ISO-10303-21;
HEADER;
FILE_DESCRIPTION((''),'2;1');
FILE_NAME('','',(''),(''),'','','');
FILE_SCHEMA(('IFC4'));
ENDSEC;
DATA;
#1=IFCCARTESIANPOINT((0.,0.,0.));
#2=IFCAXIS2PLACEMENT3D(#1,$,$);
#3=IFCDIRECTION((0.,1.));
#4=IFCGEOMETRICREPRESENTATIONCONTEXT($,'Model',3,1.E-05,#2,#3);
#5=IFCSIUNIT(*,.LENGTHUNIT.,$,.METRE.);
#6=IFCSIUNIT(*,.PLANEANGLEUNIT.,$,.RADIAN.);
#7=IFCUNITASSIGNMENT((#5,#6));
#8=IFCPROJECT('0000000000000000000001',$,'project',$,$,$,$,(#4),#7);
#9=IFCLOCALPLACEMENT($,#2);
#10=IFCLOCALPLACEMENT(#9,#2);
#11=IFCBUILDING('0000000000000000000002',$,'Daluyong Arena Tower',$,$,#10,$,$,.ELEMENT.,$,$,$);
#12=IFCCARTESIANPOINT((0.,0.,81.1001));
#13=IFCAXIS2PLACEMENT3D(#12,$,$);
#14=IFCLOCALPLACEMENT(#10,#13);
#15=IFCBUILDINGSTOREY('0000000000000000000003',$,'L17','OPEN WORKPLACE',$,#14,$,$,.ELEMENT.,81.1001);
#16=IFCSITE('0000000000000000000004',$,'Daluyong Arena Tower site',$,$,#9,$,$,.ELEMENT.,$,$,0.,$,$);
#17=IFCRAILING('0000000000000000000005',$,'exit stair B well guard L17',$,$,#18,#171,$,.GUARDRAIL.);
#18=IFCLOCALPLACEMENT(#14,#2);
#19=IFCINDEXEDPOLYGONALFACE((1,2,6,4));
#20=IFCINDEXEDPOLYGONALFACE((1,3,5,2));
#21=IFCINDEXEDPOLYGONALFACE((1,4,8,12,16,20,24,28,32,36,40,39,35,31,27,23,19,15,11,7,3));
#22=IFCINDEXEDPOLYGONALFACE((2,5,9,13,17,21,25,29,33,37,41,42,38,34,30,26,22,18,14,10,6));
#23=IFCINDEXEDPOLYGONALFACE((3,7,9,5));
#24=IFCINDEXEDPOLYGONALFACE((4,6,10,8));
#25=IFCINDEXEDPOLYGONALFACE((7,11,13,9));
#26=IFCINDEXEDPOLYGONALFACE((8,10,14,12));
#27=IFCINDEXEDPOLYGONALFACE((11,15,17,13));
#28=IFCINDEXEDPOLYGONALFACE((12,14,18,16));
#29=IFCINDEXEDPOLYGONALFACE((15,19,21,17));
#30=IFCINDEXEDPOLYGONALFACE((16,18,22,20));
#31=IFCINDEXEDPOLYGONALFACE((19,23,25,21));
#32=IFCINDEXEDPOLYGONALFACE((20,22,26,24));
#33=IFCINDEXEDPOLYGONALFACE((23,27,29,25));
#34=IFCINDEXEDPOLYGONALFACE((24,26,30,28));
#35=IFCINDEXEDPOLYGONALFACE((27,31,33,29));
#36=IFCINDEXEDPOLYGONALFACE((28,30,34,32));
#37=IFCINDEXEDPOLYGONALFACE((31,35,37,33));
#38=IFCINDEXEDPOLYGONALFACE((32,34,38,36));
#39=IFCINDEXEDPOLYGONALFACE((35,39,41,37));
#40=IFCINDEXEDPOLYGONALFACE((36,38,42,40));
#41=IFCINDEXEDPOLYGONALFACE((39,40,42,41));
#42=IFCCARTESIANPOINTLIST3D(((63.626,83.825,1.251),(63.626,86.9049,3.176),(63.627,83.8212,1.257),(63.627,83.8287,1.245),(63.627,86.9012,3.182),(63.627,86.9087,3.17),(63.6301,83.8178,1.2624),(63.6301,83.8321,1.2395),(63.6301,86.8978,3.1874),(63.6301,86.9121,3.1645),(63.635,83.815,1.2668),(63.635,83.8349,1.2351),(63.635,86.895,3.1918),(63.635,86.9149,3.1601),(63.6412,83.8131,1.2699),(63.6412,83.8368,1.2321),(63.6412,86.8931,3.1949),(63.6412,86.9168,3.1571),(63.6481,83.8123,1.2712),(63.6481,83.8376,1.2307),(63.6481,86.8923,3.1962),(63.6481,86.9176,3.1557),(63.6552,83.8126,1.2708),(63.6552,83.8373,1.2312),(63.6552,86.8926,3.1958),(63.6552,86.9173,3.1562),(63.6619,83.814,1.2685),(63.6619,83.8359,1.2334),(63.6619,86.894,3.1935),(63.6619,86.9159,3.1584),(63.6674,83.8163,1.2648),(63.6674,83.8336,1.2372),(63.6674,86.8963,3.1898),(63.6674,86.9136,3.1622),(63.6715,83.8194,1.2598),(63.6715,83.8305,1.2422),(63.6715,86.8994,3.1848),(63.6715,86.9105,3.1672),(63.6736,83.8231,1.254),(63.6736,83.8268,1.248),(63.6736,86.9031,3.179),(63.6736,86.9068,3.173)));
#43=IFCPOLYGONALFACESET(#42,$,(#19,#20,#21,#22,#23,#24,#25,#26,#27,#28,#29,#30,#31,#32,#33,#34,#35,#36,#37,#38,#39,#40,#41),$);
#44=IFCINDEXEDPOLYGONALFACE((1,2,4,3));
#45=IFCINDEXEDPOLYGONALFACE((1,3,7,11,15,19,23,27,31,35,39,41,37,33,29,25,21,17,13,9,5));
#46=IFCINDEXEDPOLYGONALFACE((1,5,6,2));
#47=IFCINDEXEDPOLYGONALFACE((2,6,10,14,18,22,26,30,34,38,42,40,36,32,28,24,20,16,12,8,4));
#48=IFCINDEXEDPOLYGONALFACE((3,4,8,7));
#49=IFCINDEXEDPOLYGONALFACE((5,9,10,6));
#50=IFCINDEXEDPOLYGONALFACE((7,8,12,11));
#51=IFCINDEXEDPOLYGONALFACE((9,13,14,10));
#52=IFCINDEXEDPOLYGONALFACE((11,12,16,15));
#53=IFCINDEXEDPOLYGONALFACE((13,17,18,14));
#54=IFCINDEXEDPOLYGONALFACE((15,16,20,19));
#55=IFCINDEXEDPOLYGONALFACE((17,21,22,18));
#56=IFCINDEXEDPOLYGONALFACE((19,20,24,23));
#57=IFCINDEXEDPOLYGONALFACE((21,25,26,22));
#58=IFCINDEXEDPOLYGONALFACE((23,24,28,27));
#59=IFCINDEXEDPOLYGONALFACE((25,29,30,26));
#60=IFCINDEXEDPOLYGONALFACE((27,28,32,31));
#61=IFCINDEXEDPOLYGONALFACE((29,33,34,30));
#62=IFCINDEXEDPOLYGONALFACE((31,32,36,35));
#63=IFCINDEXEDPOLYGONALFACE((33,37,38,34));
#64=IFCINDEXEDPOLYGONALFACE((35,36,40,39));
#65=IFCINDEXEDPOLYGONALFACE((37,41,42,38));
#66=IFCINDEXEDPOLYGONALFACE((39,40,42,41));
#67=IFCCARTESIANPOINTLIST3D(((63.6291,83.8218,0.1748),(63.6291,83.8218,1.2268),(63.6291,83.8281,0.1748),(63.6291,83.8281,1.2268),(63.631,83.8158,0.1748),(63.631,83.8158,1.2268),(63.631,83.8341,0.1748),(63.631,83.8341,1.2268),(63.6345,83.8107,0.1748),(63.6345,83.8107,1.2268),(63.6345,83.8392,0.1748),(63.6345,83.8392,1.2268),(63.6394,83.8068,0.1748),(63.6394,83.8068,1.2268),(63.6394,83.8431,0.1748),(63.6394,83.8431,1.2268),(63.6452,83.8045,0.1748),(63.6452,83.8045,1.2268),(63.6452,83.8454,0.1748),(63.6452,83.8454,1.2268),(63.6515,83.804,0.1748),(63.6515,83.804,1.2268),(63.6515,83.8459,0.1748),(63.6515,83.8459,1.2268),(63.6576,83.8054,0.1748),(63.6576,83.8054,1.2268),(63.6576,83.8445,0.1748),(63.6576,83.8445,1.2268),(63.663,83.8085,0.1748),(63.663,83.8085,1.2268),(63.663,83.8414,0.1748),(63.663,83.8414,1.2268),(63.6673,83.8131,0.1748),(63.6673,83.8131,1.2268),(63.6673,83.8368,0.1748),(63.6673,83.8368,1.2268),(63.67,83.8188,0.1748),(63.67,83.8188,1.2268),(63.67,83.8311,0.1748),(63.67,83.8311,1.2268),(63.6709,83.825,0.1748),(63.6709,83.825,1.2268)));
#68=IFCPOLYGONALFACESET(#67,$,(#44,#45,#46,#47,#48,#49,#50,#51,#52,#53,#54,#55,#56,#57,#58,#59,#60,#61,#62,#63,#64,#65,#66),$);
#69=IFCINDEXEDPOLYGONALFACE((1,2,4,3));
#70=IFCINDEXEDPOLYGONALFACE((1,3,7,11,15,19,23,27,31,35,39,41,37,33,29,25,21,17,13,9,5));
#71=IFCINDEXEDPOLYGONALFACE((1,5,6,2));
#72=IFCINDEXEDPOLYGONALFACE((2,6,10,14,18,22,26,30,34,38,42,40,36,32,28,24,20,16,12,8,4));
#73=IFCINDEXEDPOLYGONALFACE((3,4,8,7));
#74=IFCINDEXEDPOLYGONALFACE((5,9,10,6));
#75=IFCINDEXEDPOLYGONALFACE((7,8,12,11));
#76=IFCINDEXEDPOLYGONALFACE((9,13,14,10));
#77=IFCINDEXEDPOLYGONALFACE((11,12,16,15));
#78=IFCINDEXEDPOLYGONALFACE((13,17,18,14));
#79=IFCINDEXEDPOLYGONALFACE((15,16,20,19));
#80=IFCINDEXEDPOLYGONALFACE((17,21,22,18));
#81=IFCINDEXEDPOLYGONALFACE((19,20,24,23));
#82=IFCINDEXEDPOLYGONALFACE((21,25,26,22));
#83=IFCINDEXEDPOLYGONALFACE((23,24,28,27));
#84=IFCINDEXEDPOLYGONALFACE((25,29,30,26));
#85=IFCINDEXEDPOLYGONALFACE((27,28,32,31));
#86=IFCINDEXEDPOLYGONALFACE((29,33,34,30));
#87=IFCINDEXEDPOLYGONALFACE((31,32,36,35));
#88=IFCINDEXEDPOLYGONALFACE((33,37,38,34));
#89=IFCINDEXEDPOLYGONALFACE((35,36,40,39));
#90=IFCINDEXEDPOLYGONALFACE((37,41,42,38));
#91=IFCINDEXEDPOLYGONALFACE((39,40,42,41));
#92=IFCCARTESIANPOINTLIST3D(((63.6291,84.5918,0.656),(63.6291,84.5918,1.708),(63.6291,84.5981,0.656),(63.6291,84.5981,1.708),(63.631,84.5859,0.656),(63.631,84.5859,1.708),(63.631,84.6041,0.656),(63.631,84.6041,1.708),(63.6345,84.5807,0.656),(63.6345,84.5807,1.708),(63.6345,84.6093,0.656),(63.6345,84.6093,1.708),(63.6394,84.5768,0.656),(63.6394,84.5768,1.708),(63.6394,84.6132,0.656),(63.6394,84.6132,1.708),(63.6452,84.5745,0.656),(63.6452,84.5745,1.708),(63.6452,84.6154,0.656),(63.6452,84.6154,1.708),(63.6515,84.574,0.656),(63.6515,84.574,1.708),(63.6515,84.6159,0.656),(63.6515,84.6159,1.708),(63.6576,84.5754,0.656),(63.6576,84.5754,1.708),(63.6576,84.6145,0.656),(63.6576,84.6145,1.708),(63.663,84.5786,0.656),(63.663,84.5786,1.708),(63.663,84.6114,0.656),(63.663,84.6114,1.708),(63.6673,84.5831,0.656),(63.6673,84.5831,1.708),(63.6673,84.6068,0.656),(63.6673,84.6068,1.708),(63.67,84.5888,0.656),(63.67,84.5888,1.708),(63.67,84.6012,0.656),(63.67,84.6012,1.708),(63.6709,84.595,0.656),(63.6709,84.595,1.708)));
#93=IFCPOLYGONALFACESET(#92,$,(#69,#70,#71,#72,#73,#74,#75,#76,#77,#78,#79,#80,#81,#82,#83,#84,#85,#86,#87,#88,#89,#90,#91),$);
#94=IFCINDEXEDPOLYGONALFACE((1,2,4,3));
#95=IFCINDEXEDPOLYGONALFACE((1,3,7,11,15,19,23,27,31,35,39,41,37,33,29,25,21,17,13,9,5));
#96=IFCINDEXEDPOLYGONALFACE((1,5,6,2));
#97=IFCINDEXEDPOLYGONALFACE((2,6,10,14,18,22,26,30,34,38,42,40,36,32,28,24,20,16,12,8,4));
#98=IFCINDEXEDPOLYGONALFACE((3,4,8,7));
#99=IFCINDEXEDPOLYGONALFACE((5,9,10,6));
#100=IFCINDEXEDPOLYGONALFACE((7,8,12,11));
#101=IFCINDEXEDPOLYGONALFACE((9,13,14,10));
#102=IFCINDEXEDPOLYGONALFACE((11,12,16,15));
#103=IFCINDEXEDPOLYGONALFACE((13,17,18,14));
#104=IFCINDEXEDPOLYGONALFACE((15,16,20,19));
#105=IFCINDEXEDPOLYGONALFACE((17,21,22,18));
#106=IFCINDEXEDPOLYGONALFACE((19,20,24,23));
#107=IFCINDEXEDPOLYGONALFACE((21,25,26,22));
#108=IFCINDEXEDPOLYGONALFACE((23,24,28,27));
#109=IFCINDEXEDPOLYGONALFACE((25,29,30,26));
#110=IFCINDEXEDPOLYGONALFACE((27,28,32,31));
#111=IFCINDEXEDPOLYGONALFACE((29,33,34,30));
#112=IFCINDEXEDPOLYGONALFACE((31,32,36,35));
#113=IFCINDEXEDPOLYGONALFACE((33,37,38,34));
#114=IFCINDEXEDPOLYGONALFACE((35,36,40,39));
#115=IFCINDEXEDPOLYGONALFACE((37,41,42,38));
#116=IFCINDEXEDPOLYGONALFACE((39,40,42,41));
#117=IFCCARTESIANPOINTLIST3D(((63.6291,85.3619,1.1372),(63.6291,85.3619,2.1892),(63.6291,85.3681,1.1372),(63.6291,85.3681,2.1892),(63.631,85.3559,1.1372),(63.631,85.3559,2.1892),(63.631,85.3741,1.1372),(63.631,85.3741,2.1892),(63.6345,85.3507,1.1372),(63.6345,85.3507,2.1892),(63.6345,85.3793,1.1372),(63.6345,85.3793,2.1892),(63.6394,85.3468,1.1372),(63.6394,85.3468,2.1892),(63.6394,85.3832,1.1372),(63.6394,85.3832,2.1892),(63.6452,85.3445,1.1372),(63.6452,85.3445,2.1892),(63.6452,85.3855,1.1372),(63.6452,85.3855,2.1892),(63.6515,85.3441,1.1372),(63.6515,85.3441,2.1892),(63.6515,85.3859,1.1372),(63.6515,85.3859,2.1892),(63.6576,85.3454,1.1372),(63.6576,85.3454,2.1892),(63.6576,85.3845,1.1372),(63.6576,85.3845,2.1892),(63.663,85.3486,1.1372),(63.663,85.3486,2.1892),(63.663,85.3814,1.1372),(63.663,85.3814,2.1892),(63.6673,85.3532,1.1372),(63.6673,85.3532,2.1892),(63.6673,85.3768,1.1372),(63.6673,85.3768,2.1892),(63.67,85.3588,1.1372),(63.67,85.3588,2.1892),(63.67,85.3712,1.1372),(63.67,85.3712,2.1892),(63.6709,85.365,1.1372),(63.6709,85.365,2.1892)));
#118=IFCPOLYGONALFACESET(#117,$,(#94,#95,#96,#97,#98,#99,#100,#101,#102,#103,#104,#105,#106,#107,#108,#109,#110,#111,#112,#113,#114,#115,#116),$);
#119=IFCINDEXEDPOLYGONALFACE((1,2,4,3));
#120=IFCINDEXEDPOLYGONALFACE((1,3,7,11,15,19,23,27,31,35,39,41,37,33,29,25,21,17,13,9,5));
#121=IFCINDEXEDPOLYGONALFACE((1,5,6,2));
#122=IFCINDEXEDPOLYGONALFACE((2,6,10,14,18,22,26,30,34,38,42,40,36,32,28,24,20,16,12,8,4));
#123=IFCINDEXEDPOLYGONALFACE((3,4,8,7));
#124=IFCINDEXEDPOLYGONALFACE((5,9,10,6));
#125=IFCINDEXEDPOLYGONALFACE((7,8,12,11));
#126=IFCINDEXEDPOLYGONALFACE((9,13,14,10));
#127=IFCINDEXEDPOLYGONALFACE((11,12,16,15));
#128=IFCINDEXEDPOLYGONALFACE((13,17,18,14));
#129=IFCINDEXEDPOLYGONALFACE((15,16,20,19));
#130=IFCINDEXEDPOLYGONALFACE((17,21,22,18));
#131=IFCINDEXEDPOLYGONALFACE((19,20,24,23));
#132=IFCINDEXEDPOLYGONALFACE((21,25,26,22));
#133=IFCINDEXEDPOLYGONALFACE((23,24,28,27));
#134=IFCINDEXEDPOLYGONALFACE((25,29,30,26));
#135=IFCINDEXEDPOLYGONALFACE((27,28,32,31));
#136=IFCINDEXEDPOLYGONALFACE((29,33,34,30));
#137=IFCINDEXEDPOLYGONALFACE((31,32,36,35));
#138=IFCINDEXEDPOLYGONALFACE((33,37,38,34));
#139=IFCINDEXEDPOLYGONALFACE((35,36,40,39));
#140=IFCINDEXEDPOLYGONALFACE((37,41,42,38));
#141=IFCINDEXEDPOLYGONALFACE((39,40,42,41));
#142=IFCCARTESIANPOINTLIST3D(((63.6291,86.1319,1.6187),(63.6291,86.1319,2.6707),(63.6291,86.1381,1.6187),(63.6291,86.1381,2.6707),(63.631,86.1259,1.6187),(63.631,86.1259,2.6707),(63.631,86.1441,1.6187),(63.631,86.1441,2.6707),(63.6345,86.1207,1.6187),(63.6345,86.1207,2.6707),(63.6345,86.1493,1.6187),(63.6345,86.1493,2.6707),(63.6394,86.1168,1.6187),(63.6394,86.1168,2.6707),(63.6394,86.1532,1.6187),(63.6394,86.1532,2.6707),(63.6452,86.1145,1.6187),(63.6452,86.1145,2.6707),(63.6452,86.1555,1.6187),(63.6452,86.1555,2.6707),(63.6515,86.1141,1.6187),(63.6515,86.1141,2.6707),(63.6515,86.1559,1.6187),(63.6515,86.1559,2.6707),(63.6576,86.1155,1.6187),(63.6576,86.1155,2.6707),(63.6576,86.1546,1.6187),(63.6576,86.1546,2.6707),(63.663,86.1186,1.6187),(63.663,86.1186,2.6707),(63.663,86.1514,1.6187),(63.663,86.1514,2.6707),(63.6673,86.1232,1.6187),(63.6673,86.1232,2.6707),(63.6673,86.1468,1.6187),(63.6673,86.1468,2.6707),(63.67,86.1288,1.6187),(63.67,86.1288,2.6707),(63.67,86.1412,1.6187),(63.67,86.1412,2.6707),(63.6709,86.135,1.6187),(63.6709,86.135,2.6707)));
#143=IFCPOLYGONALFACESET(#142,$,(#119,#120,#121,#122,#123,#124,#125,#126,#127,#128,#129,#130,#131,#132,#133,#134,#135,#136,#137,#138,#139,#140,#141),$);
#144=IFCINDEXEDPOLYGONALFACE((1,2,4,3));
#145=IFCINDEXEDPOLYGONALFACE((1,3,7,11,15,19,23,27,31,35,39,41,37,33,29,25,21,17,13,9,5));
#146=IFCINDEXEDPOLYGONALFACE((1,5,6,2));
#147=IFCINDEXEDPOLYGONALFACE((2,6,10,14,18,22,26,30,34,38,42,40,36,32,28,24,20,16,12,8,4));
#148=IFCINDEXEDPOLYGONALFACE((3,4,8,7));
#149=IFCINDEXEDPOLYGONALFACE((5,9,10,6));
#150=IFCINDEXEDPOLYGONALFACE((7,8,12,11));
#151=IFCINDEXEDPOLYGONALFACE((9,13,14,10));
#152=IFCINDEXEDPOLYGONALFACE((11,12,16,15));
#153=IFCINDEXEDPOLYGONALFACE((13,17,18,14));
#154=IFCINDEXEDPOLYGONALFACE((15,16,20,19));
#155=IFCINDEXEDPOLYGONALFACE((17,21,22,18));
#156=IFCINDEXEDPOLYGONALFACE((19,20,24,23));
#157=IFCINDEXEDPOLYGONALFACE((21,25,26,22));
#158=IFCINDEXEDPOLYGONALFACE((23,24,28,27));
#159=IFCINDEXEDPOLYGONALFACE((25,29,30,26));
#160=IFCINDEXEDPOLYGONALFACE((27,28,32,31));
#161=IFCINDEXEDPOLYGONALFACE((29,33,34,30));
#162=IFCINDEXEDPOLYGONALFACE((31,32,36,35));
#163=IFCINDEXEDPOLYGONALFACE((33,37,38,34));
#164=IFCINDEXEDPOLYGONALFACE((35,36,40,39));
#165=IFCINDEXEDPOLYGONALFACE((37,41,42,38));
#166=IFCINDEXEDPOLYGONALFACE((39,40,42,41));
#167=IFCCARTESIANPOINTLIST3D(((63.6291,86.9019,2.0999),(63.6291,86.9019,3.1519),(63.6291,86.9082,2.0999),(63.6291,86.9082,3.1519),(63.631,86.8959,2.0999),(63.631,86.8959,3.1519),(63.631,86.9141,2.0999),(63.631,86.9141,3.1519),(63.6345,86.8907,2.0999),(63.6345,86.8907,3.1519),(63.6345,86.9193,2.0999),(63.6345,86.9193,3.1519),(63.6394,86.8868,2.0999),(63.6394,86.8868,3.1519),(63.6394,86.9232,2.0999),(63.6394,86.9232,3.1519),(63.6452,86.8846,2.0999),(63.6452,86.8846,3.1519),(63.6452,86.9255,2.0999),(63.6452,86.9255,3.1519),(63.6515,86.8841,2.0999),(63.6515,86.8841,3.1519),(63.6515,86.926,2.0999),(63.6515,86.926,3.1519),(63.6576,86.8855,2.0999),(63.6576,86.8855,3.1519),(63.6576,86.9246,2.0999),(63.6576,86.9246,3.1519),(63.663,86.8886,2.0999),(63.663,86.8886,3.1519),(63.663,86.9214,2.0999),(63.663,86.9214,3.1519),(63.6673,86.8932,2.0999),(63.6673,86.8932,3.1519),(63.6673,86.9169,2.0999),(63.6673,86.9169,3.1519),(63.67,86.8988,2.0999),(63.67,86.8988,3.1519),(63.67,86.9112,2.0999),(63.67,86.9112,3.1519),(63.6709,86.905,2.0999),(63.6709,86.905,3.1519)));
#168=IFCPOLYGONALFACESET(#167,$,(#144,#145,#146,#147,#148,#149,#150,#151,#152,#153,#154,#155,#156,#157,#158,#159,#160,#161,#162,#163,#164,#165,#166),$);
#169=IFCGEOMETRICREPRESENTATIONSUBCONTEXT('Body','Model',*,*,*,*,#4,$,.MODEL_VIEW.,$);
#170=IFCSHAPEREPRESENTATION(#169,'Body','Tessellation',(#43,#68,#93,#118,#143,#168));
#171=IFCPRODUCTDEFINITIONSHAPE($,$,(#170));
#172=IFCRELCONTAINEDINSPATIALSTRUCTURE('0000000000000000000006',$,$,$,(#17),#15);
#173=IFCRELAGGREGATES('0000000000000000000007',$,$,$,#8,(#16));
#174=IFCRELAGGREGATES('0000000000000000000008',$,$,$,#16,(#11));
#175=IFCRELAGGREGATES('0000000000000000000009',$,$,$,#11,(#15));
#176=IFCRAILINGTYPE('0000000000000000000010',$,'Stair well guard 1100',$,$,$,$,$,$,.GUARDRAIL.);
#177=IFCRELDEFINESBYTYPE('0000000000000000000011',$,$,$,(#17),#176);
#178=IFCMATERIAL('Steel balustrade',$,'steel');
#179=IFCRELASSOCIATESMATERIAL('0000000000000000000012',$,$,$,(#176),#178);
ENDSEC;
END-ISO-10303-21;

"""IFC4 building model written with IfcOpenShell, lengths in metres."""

from ifc_helpers import new_model, si_unit, direction, frame, origin, origin_2d, place, context, subcontext, project, spatial, circle, extrude, material, type_object, element, save


model = new_model("IFC4")

# Units and contexts
model_context = context("Model", 3, precision=1e-05, world=origin(), true_north=direction((0.0, 1.0)))
body_context = subcontext(model_context, "Body", "Model", "MODEL_VIEW")
ifc_project = project(units=[si_unit("LENGTHUNIT", "METRE"), si_unit("PLANEANGLEUNIT", "RADIAN")], contexts=[model_context])

# Site, building, storey
site_placement = place(None, origin())
site = spatial("IfcSite", under=ifc_project, at=site_placement, Name="Daluyong Arena Tower site", CompositionType="ELEMENT", RefElevation=0.0)
building_placement = place(site_placement, origin())
building = spatial("IfcBuilding", under=site, at=building_placement, Name="Daluyong Arena Tower", CompositionType="ELEMENT")
storey_placement = place(building_placement, frame((0.0, 0.0, 81.1001)))
storey = spatial("IfcBuildingStorey", under=building, at=storey_placement, Name="L17", Description="OPEN WORKPLACE", CompositionType="ELEMENT", Elevation=81.1001)

# Railing
ifc_material_1 = material(Name="Steel balustrade", Category="steel")
railing_type_1 = type_object("IfcRailingType", Name="Stair well guard 1100", PredefinedType="GUARDRAIL", material=ifc_material_1)
railing_1_placement = place(storey_placement, frame((63.6499, 83.825, 0.1748)))
element("IfcRailing", 1, at=railing_1_placement, inside=storey, type_object=railing_type_1, Name="exit stair B well guard L17", PredefinedType="GUARDRAIL", context=body_context, shape_type="SweptSolid", body=[
    extrude(circle(Radius=0.0239, at=origin_2d()), frame((0.0, 0.0, 1.0762), z_axis=(0.0, 0.847998, 0.529999), x_axis=(-1.0, 0.0, 0.0)), (0.0, 0.0, 1.0), 3.6321),
    extrude(circle(Radius=0.021, at=origin_2d()), origin(), (0.0, 0.0, 1.0), 1.052),
    extrude(circle(Radius=0.021, at=origin_2d()), frame((0.0, 0.77, 0.4812)), (0.0, 0.0, 1.0), 1.052),
    extrude(circle(Radius=0.021, at=origin_2d()), frame((0.0, 1.54, 0.9624)), (0.0, 0.0, 1.0), 1.052),
    extrude(circle(Radius=0.021, at=origin_2d()), frame((0.0, 2.3101, 1.4438)), (0.0, 0.0, 1.0), 1.052),
    extrude(circle(Radius=0.021, at=origin_2d()), frame((0.0, 3.0801, 1.925)), (0.0, 0.0, 1.0), 1.052),
])

save(model, "model.ifc")
